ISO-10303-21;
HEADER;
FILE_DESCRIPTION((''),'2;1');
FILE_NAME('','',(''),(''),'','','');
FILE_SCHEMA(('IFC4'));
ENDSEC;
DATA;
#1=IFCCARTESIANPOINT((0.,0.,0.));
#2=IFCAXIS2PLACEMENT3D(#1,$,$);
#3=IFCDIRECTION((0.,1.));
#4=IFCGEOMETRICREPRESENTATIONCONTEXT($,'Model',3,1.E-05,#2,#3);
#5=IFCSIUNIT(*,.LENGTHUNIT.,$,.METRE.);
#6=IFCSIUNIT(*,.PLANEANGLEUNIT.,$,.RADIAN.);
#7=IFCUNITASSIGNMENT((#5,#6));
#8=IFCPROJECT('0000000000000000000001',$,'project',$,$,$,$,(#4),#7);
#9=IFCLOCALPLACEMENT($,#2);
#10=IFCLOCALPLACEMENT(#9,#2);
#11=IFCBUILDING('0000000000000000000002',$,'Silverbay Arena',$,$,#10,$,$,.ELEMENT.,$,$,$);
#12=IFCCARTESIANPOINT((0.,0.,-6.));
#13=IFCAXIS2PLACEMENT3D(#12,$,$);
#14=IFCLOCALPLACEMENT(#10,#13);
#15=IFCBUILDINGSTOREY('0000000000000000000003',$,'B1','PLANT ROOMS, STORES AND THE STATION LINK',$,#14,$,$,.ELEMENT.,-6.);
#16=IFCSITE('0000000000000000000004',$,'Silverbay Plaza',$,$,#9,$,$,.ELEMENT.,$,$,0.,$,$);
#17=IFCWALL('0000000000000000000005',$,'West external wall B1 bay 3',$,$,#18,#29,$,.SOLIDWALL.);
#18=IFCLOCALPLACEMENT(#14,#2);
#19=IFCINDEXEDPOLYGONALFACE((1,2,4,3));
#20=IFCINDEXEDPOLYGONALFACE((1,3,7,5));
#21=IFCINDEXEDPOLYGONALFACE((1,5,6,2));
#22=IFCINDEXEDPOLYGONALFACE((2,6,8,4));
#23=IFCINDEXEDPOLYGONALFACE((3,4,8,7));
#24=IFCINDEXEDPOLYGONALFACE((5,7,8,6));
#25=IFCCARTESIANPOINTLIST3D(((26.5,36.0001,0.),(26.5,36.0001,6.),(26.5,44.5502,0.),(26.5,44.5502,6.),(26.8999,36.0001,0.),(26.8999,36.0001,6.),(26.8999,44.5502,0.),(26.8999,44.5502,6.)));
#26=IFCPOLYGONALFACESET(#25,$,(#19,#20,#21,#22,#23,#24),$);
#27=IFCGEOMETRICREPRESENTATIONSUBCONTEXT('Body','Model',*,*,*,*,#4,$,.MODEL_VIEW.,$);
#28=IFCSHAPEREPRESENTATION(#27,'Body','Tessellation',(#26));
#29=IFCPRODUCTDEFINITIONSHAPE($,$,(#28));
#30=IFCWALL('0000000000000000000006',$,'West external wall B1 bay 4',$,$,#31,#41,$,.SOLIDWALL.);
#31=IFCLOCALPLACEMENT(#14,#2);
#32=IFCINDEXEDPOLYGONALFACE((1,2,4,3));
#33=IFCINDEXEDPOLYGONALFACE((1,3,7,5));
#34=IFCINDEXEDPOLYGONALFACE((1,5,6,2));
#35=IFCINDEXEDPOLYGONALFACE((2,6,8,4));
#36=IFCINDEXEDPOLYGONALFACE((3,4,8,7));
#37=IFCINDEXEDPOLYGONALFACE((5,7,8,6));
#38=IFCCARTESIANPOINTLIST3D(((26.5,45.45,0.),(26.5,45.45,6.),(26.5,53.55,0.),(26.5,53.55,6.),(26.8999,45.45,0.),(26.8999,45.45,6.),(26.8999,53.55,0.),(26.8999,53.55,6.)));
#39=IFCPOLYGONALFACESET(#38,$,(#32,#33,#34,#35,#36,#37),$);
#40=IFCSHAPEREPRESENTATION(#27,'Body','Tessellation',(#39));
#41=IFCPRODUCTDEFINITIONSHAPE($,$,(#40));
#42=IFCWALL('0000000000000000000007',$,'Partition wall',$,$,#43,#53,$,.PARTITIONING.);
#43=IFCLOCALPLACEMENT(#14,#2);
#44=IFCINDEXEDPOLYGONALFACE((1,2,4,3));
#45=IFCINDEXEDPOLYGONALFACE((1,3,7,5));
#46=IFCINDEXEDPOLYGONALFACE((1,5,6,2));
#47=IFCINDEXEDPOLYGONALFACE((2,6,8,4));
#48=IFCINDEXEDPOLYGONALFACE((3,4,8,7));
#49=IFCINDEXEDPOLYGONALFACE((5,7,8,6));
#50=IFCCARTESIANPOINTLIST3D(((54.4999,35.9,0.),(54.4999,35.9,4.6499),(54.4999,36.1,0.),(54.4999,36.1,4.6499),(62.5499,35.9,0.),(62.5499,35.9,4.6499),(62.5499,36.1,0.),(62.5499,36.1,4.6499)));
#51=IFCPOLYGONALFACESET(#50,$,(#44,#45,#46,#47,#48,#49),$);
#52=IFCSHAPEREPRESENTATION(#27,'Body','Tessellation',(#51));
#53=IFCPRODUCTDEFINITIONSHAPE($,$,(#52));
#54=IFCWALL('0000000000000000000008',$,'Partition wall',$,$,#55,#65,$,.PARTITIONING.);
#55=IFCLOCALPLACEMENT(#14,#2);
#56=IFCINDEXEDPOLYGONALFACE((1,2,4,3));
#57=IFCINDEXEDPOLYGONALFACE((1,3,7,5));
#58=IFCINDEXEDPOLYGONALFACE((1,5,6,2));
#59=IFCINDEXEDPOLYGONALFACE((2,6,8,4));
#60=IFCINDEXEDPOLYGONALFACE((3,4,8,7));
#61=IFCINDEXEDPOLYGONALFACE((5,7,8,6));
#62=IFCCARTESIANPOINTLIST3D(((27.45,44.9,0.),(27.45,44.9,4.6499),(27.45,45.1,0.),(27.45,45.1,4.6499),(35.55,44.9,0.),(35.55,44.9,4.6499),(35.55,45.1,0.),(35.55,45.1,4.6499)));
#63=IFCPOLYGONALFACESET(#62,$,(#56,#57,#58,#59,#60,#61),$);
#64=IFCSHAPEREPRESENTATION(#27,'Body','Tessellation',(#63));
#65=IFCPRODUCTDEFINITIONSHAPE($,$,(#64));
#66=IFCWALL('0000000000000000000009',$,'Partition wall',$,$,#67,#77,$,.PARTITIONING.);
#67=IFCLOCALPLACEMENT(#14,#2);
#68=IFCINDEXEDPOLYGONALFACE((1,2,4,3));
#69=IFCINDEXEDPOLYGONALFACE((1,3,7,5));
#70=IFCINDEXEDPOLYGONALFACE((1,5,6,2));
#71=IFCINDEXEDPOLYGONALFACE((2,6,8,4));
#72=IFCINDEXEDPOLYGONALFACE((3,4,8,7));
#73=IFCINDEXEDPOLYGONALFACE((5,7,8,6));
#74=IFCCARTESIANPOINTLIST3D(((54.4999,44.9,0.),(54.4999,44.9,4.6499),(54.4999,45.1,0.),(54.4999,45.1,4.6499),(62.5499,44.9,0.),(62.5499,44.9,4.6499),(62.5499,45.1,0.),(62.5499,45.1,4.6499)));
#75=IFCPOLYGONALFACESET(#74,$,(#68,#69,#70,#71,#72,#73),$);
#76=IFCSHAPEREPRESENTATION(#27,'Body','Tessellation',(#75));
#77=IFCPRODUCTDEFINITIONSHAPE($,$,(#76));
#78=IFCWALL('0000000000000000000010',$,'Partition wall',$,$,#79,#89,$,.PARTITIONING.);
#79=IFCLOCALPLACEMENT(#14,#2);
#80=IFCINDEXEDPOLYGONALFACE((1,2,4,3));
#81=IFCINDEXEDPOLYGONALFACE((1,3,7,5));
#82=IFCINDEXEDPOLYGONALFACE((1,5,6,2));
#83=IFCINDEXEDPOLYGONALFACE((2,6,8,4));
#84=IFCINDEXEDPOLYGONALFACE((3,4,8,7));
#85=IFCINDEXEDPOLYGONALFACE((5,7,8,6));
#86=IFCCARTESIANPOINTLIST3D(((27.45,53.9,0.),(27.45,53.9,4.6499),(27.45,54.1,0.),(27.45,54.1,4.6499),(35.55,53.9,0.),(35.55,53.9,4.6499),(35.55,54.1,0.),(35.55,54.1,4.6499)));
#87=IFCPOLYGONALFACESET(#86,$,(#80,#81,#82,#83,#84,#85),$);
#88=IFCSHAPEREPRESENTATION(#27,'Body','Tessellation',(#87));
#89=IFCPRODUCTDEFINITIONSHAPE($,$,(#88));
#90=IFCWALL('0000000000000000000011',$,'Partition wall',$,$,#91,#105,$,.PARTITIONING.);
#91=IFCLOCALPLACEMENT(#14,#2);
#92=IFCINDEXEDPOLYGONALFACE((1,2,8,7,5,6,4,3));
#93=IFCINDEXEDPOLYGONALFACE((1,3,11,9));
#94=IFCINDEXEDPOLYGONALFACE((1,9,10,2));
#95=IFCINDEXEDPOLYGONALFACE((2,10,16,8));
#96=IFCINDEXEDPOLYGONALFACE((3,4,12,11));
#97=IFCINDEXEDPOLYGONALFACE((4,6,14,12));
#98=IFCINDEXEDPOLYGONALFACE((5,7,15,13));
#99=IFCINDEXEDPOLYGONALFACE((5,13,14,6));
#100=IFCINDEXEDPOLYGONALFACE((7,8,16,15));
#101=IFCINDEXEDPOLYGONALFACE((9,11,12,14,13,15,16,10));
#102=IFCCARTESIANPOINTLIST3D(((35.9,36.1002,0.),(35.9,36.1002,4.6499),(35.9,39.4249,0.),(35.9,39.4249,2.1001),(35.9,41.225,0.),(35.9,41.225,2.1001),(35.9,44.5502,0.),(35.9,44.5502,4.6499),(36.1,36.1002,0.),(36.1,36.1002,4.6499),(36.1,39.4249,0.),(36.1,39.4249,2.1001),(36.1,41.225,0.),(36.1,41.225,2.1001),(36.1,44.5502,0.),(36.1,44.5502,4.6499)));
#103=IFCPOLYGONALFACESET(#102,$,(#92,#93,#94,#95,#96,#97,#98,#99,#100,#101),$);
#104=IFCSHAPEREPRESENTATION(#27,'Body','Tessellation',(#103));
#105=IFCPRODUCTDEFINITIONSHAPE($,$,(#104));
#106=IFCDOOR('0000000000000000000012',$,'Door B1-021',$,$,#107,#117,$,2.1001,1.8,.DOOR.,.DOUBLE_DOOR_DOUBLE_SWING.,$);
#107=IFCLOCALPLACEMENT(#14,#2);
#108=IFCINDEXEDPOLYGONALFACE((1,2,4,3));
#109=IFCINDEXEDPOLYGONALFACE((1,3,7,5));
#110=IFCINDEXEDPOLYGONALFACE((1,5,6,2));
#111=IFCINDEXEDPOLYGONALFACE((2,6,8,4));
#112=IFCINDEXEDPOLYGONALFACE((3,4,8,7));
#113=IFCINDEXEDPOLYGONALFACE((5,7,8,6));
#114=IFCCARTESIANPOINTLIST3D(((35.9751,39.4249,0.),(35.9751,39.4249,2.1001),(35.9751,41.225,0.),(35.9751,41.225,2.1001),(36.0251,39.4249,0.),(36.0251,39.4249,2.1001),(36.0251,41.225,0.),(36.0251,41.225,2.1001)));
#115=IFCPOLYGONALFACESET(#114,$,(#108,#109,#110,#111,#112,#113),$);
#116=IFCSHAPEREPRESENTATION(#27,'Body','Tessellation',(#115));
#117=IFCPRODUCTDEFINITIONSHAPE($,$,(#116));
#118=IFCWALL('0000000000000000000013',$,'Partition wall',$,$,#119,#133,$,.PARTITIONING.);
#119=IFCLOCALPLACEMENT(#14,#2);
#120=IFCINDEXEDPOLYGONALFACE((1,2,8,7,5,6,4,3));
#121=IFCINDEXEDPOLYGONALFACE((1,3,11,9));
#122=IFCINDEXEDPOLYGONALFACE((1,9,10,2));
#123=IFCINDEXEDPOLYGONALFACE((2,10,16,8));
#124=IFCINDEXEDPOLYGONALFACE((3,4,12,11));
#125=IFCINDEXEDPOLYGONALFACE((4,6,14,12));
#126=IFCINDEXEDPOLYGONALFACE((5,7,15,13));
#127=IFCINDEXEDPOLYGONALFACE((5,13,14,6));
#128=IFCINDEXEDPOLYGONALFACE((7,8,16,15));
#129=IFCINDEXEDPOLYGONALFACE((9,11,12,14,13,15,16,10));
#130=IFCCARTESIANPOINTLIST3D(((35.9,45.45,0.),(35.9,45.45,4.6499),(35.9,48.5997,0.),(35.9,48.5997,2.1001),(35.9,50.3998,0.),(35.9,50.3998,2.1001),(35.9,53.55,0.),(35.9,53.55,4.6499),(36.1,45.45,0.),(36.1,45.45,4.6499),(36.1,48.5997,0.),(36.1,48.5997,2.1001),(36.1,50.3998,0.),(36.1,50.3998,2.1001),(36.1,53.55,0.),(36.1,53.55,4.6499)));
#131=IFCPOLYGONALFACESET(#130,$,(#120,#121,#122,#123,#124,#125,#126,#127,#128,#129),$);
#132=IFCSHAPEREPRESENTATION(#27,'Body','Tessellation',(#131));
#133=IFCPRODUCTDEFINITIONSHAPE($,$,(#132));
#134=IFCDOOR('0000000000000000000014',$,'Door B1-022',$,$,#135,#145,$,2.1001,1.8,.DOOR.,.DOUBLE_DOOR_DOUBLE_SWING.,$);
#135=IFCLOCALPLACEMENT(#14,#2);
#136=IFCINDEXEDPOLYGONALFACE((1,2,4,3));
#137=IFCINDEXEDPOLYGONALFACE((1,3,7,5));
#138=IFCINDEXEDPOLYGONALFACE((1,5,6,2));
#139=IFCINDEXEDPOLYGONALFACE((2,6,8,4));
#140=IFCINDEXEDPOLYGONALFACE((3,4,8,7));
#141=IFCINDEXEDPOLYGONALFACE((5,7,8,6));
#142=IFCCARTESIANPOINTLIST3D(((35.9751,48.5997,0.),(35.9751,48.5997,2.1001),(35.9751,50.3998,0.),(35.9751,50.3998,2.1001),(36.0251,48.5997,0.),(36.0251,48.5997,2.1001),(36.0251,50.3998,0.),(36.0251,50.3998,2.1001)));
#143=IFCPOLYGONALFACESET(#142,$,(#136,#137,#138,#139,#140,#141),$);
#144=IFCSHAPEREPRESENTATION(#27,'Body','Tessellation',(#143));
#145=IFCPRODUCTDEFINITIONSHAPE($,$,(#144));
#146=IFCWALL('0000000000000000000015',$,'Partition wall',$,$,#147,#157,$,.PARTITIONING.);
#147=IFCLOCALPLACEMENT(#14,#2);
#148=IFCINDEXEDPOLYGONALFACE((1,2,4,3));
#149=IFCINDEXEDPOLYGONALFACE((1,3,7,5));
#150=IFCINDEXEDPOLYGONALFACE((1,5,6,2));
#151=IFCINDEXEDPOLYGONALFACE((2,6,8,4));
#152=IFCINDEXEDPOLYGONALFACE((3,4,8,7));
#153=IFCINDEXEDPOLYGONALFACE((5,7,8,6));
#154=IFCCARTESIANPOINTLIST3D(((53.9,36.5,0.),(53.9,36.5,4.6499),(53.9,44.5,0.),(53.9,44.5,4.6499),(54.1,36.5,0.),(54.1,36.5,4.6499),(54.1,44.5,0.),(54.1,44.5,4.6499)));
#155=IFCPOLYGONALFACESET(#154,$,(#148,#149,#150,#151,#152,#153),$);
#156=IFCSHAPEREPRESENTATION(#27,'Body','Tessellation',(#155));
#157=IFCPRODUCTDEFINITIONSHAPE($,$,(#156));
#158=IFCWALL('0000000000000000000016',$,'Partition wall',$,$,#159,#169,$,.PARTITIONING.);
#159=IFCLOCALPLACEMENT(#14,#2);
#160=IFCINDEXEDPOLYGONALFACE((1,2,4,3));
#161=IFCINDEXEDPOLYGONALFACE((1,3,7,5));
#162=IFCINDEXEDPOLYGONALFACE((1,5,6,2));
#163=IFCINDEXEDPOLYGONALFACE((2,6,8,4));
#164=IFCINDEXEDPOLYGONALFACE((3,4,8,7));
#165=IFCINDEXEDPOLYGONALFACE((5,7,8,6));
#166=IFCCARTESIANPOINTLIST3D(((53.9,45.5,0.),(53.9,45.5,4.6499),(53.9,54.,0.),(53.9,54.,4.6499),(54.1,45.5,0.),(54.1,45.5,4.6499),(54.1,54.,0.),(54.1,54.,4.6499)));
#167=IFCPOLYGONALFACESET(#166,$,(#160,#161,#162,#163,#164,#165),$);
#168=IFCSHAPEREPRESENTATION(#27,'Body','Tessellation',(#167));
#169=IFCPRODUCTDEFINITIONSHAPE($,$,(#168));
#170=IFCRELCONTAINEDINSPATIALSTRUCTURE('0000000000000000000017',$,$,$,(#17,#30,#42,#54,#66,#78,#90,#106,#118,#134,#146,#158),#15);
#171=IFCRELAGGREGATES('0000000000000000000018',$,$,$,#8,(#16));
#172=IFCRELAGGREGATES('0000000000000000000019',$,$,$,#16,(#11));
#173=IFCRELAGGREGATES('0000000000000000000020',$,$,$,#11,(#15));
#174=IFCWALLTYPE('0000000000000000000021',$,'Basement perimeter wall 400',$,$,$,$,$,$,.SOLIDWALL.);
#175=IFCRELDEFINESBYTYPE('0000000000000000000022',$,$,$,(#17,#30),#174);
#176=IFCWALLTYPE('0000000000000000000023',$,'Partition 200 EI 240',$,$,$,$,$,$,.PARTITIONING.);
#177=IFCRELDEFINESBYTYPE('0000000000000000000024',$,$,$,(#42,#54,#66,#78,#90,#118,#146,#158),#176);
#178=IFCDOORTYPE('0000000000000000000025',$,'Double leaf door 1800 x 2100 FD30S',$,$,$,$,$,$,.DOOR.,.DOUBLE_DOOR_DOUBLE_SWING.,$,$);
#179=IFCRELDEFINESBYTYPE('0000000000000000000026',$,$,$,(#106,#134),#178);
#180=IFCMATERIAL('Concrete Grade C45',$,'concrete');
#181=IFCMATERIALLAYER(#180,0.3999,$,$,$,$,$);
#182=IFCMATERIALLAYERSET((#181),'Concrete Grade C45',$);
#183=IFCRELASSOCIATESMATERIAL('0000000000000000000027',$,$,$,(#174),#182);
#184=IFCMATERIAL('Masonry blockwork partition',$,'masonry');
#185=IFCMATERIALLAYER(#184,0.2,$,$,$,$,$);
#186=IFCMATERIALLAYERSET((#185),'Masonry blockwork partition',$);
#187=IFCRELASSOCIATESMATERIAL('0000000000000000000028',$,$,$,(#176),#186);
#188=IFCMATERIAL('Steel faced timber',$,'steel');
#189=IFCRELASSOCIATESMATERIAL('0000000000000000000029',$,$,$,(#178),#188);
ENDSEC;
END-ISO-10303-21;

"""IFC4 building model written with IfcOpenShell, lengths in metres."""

from ifc_helpers import new_model, si_unit, direction, frame, frame_2d, origin, place, context, subcontext, project, spatial, rectangle, extrude, material, layer, layer_set, type_object, element, fill, save


model = new_model("IFC4")

# Units and contexts
model_context = context("Model", 3, precision=1e-05, world=origin(), true_north=direction((0.0, 1.0)))
body_context = subcontext(model_context, "Body", "Model", "MODEL_VIEW")
ifc_project = project(units=[si_unit("LENGTHUNIT", "METRE"), si_unit("PLANEANGLEUNIT", "RADIAN")], contexts=[model_context])

# Site, building, storey
site_placement = place(None, origin())
site = spatial("IfcSite", under=ifc_project, at=site_placement, Name="Silverbay Plaza", CompositionType="ELEMENT", RefElevation=0.0)
building_placement = place(site_placement, origin())
building = spatial("IfcBuilding", under=site, at=building_placement, Name="Silverbay Arena", CompositionType="ELEMENT")
storey_placement = place(building_placement, frame((0.0, 0.0, -6.0)))
storey = spatial("IfcBuildingStorey", under=building, at=storey_placement, Name="B1", Description="PLANT ROOMS, STORES AND THE STATION LINK", CompositionType="ELEMENT", Elevation=-6.0)

# Walls
ifc_material_1 = material(Name="Concrete Grade C45", Category="concrete")
ifc_layer_1 = layer(ifc_material_1, 0.3999)
ifc_layer_set_1 = layer_set([ifc_layer_1], Name="Concrete Grade C45")
wall_type_1 = type_object("IfcWallType", Name="Basement perimeter wall 400", PredefinedType="SOLIDWALL", material=ifc_layer_set_1)
wall_1_placement = place(storey_placement, frame((26.7, 44.55, 0.0), z_axis=(0.0, 0.0, 1.0), x_axis=(0.0, -1.0, 0.0)))
element("IfcWall", 1, at=wall_1_placement, inside=storey, type_object=wall_type_1, Name="West external wall B1 bay 3", PredefinedType="SOLIDWALL", context=body_context, shape_type="SweptSolid", body=[
    extrude(rectangle(XDim=8.55, YDim=0.3999, at=frame_2d((4.2749, 0.0))), origin(), (0.0, 0.0, 1.0), 6.0),
])
wall_2_placement = place(storey_placement, frame((26.7, 53.55, 0.0), z_axis=(0.0, 0.0, 1.0), x_axis=(0.0, -1.0, 0.0)))
element("IfcWall", 2, at=wall_2_placement, inside=storey, type_object=wall_type_1, Name="West external wall B1 bay 4", PredefinedType="SOLIDWALL", context=body_context, shape_type="SweptSolid", body=[
    extrude(rectangle(XDim=8.1001, YDim=0.3999, at=frame_2d((4.05, 0.0))), origin(), (0.0, 0.0, 1.0), 6.0),
])
ifc_material_2 = material(Name="Masonry blockwork partition", Category="masonry")
ifc_layer_2 = layer(ifc_material_2, 0.2)
ifc_layer_set_2 = layer_set([ifc_layer_2], Name="Masonry blockwork partition")
wall_type_2 = type_object("IfcWallType", Name="Partition 200 EI 240", PredefinedType="PARTITIONING", material=ifc_layer_set_2)
wall_3_placement = place(storey_placement, frame((54.5, 36.0, 0.0), z_axis=(0.0, 0.0, 1.0), x_axis=(1.0, 0.0, 0.0)))
element("IfcWall", 3, at=wall_3_placement, inside=storey, type_object=wall_type_2, Name="Partition wall", PredefinedType="PARTITIONING", context=body_context, shape_type="SweptSolid", body=[
    extrude(rectangle(XDim=8.05, YDim=0.2, at=frame_2d((4.0249, 0.0))), origin(), (0.0, 0.0, 1.0), 4.6499),
])
wall_4_placement = place(storey_placement, frame((27.45, 45.0, 0.0), z_axis=(0.0, 0.0, 1.0), x_axis=(1.0, 0.0, 0.0)))
element("IfcWall", 4, at=wall_4_placement, inside=storey, type_object=wall_type_2, Name="Partition wall", PredefinedType="PARTITIONING", context=body_context, shape_type="SweptSolid", body=[
    extrude(rectangle(XDim=8.1001, YDim=0.2, at=frame_2d((4.05, 0.0))), origin(), (0.0, 0.0, 1.0), 4.6499),
])
wall_5_placement = place(storey_placement, frame((54.5, 45.0, 0.0), z_axis=(0.0, 0.0, 1.0), x_axis=(1.0, 0.0, 0.0)))
element("IfcWall", 5, at=wall_5_placement, inside=storey, type_object=wall_type_2, Name="Partition wall", PredefinedType="PARTITIONING", context=body_context, shape_type="SweptSolid", body=[
    extrude(rectangle(XDim=8.05, YDim=0.2, at=frame_2d((4.0249, 0.0))), origin(), (0.0, 0.0, 1.0), 4.6499),
])
wall_6_placement = place(storey_placement, frame((27.45, 54.0, 0.0), z_axis=(0.0, 0.0, 1.0), x_axis=(1.0, 0.0, 0.0)))
element("IfcWall", 6, at=wall_6_placement, inside=storey, type_object=wall_type_2, Name="Partition wall", PredefinedType="PARTITIONING", context=body_context, shape_type="SweptSolid", body=[
    extrude(rectangle(XDim=8.1001, YDim=0.2, at=frame_2d((4.05, 0.0))), origin(), (0.0, 0.0, 1.0), 4.6499),
])

# Walls, openings, doors
wall_7_placement = place(storey_placement, frame((36.0, 36.1001, 0.0), z_axis=(0.0, 0.0, 1.0), x_axis=(0.0, 1.0, 0.0)))
wall_7 = element("IfcWall", 7, at=wall_7_placement, inside=storey, type_object=wall_type_2, Name="Partition wall", PredefinedType="PARTITIONING", context=body_context, shape_type="SweptSolid", body=[
    extrude(rectangle(XDim=8.45, YDim=0.2, at=frame_2d((4.2251, 0.0))), origin(), (0.0, 0.0, 1.0), 4.6499),
])
opening_1_placement = place(wall_7_placement, frame((3.325, 0.0, 0.0)))
opening_1 = element("IfcOpeningElement", 8, at=opening_1_placement, cuts=wall_7, PredefinedType="OPENING", context=body_context, shape_type="SweptSolid", body=[
    extrude(rectangle(XDim=1.8, YDim=2.1001, at=frame_2d((0.8999, 1.05))), frame((0.0, 0.1099, 0.0), z_axis=(0.0, -1.0, 0.0), x_axis=(1.0, 0.0, 0.0)), (0.0, 0.0, 1.0), 0.22),
])
ifc_material_3 = material(Name="Steel faced timber", Category="steel")
door_type = type_object("IfcDoorType", Name="Double leaf door 1800 x 2100 FD30S", OperationType="DOUBLE_DOOR_DOUBLE_SWING", PredefinedType="DOOR", material=ifc_material_3)
door_1_placement = place(opening_1_placement, origin())
door_1 = element("IfcDoor", 9, at=door_1_placement, inside=storey, type_object=door_type, Name="Door B1-021", OperationType="DOUBLE_DOOR_DOUBLE_SWING", OverallHeight=2.1001, OverallWidth=1.8, PredefinedType="DOOR", context=body_context, shape_type="SweptSolid", body=[
    extrude(rectangle(XDim=1.8, YDim=2.1001, at=frame_2d((0.8999, 1.05))), frame((0.0, 0.0249, 0.0), z_axis=(0.0, -1.0, 0.0), x_axis=(1.0, 0.0, 0.0)), (0.0, 0.0, 1.0), 0.05),
])
fill(opening_1, door_1)
wall_8_placement = place(storey_placement, frame((36.0, 45.45, 0.0), z_axis=(0.0, 0.0, 1.0), x_axis=(0.0, 1.0, 0.0)))
wall_8 = element("IfcWall", 10, at=wall_8_placement, inside=storey, type_object=wall_type_2, Name="Partition wall", PredefinedType="PARTITIONING", context=body_context, shape_type="SweptSolid", body=[
    extrude(rectangle(XDim=8.1001, YDim=0.2, at=frame_2d((4.05, 0.0))), origin(), (0.0, 0.0, 1.0), 4.6499),
])
opening_2_placement = place(wall_8_placement, frame((3.1499, 0.0, 0.0)))
opening_2 = element("IfcOpeningElement", 11, at=opening_2_placement, cuts=wall_8, PredefinedType="OPENING", context=body_context, shape_type="SweptSolid", body=[
    extrude(rectangle(XDim=1.8, YDim=2.1001, at=frame_2d((0.8999, 1.05))), frame((0.0, 0.1099, 0.0), z_axis=(0.0, -1.0, 0.0), x_axis=(1.0, 0.0, 0.0)), (0.0, 0.0, 1.0), 0.22),
])
door_2_placement = place(opening_2_placement, origin())
door_2 = element("IfcDoor", 12, at=door_2_placement, inside=storey, type_object=door_type, Name="Door B1-022", OperationType="DOUBLE_DOOR_DOUBLE_SWING", OverallHeight=2.1001, OverallWidth=1.8, PredefinedType="DOOR", context=body_context, shape_type="SweptSolid", body=[
    extrude(rectangle(XDim=1.8, YDim=2.1001, at=frame_2d((0.8999, 1.05))), frame((0.0, 0.0249, 0.0), z_axis=(0.0, -1.0, 0.0), x_axis=(1.0, 0.0, 0.0)), (0.0, 0.0, 1.0), 0.05),
])
fill(opening_2, door_2)

# Walls
wall_9_placement = place(storey_placement, frame((54.0, 36.5, 0.0), z_axis=(0.0, 0.0, 1.0), x_axis=(0.0, 1.0, 0.0)))
element("IfcWall", 13, at=wall_9_placement, inside=storey, type_object=wall_type_2, Name="Partition wall", PredefinedType="PARTITIONING", context=body_context, shape_type="SweptSolid", body=[
    extrude(rectangle(XDim=8.0, YDim=0.2, at=frame_2d((4.0, 0.0))), origin(), (0.0, 0.0, 1.0), 4.6499),
])
wall_10_placement = place(storey_placement, frame((54.0, 45.5, 0.0), z_axis=(0.0, 0.0, 1.0), x_axis=(0.0, 1.0, 0.0)))
element("IfcWall", 14, at=wall_10_placement, inside=storey, type_object=wall_type_2, Name="Partition wall", PredefinedType="PARTITIONING", context=body_context, shape_type="SweptSolid", body=[
    extrude(rectangle(XDim=8.5, YDim=0.2, at=frame_2d((4.25, 0.0))), origin(), (0.0, 0.0, 1.0), 4.6499),
])

save(model, "model.ifc")
